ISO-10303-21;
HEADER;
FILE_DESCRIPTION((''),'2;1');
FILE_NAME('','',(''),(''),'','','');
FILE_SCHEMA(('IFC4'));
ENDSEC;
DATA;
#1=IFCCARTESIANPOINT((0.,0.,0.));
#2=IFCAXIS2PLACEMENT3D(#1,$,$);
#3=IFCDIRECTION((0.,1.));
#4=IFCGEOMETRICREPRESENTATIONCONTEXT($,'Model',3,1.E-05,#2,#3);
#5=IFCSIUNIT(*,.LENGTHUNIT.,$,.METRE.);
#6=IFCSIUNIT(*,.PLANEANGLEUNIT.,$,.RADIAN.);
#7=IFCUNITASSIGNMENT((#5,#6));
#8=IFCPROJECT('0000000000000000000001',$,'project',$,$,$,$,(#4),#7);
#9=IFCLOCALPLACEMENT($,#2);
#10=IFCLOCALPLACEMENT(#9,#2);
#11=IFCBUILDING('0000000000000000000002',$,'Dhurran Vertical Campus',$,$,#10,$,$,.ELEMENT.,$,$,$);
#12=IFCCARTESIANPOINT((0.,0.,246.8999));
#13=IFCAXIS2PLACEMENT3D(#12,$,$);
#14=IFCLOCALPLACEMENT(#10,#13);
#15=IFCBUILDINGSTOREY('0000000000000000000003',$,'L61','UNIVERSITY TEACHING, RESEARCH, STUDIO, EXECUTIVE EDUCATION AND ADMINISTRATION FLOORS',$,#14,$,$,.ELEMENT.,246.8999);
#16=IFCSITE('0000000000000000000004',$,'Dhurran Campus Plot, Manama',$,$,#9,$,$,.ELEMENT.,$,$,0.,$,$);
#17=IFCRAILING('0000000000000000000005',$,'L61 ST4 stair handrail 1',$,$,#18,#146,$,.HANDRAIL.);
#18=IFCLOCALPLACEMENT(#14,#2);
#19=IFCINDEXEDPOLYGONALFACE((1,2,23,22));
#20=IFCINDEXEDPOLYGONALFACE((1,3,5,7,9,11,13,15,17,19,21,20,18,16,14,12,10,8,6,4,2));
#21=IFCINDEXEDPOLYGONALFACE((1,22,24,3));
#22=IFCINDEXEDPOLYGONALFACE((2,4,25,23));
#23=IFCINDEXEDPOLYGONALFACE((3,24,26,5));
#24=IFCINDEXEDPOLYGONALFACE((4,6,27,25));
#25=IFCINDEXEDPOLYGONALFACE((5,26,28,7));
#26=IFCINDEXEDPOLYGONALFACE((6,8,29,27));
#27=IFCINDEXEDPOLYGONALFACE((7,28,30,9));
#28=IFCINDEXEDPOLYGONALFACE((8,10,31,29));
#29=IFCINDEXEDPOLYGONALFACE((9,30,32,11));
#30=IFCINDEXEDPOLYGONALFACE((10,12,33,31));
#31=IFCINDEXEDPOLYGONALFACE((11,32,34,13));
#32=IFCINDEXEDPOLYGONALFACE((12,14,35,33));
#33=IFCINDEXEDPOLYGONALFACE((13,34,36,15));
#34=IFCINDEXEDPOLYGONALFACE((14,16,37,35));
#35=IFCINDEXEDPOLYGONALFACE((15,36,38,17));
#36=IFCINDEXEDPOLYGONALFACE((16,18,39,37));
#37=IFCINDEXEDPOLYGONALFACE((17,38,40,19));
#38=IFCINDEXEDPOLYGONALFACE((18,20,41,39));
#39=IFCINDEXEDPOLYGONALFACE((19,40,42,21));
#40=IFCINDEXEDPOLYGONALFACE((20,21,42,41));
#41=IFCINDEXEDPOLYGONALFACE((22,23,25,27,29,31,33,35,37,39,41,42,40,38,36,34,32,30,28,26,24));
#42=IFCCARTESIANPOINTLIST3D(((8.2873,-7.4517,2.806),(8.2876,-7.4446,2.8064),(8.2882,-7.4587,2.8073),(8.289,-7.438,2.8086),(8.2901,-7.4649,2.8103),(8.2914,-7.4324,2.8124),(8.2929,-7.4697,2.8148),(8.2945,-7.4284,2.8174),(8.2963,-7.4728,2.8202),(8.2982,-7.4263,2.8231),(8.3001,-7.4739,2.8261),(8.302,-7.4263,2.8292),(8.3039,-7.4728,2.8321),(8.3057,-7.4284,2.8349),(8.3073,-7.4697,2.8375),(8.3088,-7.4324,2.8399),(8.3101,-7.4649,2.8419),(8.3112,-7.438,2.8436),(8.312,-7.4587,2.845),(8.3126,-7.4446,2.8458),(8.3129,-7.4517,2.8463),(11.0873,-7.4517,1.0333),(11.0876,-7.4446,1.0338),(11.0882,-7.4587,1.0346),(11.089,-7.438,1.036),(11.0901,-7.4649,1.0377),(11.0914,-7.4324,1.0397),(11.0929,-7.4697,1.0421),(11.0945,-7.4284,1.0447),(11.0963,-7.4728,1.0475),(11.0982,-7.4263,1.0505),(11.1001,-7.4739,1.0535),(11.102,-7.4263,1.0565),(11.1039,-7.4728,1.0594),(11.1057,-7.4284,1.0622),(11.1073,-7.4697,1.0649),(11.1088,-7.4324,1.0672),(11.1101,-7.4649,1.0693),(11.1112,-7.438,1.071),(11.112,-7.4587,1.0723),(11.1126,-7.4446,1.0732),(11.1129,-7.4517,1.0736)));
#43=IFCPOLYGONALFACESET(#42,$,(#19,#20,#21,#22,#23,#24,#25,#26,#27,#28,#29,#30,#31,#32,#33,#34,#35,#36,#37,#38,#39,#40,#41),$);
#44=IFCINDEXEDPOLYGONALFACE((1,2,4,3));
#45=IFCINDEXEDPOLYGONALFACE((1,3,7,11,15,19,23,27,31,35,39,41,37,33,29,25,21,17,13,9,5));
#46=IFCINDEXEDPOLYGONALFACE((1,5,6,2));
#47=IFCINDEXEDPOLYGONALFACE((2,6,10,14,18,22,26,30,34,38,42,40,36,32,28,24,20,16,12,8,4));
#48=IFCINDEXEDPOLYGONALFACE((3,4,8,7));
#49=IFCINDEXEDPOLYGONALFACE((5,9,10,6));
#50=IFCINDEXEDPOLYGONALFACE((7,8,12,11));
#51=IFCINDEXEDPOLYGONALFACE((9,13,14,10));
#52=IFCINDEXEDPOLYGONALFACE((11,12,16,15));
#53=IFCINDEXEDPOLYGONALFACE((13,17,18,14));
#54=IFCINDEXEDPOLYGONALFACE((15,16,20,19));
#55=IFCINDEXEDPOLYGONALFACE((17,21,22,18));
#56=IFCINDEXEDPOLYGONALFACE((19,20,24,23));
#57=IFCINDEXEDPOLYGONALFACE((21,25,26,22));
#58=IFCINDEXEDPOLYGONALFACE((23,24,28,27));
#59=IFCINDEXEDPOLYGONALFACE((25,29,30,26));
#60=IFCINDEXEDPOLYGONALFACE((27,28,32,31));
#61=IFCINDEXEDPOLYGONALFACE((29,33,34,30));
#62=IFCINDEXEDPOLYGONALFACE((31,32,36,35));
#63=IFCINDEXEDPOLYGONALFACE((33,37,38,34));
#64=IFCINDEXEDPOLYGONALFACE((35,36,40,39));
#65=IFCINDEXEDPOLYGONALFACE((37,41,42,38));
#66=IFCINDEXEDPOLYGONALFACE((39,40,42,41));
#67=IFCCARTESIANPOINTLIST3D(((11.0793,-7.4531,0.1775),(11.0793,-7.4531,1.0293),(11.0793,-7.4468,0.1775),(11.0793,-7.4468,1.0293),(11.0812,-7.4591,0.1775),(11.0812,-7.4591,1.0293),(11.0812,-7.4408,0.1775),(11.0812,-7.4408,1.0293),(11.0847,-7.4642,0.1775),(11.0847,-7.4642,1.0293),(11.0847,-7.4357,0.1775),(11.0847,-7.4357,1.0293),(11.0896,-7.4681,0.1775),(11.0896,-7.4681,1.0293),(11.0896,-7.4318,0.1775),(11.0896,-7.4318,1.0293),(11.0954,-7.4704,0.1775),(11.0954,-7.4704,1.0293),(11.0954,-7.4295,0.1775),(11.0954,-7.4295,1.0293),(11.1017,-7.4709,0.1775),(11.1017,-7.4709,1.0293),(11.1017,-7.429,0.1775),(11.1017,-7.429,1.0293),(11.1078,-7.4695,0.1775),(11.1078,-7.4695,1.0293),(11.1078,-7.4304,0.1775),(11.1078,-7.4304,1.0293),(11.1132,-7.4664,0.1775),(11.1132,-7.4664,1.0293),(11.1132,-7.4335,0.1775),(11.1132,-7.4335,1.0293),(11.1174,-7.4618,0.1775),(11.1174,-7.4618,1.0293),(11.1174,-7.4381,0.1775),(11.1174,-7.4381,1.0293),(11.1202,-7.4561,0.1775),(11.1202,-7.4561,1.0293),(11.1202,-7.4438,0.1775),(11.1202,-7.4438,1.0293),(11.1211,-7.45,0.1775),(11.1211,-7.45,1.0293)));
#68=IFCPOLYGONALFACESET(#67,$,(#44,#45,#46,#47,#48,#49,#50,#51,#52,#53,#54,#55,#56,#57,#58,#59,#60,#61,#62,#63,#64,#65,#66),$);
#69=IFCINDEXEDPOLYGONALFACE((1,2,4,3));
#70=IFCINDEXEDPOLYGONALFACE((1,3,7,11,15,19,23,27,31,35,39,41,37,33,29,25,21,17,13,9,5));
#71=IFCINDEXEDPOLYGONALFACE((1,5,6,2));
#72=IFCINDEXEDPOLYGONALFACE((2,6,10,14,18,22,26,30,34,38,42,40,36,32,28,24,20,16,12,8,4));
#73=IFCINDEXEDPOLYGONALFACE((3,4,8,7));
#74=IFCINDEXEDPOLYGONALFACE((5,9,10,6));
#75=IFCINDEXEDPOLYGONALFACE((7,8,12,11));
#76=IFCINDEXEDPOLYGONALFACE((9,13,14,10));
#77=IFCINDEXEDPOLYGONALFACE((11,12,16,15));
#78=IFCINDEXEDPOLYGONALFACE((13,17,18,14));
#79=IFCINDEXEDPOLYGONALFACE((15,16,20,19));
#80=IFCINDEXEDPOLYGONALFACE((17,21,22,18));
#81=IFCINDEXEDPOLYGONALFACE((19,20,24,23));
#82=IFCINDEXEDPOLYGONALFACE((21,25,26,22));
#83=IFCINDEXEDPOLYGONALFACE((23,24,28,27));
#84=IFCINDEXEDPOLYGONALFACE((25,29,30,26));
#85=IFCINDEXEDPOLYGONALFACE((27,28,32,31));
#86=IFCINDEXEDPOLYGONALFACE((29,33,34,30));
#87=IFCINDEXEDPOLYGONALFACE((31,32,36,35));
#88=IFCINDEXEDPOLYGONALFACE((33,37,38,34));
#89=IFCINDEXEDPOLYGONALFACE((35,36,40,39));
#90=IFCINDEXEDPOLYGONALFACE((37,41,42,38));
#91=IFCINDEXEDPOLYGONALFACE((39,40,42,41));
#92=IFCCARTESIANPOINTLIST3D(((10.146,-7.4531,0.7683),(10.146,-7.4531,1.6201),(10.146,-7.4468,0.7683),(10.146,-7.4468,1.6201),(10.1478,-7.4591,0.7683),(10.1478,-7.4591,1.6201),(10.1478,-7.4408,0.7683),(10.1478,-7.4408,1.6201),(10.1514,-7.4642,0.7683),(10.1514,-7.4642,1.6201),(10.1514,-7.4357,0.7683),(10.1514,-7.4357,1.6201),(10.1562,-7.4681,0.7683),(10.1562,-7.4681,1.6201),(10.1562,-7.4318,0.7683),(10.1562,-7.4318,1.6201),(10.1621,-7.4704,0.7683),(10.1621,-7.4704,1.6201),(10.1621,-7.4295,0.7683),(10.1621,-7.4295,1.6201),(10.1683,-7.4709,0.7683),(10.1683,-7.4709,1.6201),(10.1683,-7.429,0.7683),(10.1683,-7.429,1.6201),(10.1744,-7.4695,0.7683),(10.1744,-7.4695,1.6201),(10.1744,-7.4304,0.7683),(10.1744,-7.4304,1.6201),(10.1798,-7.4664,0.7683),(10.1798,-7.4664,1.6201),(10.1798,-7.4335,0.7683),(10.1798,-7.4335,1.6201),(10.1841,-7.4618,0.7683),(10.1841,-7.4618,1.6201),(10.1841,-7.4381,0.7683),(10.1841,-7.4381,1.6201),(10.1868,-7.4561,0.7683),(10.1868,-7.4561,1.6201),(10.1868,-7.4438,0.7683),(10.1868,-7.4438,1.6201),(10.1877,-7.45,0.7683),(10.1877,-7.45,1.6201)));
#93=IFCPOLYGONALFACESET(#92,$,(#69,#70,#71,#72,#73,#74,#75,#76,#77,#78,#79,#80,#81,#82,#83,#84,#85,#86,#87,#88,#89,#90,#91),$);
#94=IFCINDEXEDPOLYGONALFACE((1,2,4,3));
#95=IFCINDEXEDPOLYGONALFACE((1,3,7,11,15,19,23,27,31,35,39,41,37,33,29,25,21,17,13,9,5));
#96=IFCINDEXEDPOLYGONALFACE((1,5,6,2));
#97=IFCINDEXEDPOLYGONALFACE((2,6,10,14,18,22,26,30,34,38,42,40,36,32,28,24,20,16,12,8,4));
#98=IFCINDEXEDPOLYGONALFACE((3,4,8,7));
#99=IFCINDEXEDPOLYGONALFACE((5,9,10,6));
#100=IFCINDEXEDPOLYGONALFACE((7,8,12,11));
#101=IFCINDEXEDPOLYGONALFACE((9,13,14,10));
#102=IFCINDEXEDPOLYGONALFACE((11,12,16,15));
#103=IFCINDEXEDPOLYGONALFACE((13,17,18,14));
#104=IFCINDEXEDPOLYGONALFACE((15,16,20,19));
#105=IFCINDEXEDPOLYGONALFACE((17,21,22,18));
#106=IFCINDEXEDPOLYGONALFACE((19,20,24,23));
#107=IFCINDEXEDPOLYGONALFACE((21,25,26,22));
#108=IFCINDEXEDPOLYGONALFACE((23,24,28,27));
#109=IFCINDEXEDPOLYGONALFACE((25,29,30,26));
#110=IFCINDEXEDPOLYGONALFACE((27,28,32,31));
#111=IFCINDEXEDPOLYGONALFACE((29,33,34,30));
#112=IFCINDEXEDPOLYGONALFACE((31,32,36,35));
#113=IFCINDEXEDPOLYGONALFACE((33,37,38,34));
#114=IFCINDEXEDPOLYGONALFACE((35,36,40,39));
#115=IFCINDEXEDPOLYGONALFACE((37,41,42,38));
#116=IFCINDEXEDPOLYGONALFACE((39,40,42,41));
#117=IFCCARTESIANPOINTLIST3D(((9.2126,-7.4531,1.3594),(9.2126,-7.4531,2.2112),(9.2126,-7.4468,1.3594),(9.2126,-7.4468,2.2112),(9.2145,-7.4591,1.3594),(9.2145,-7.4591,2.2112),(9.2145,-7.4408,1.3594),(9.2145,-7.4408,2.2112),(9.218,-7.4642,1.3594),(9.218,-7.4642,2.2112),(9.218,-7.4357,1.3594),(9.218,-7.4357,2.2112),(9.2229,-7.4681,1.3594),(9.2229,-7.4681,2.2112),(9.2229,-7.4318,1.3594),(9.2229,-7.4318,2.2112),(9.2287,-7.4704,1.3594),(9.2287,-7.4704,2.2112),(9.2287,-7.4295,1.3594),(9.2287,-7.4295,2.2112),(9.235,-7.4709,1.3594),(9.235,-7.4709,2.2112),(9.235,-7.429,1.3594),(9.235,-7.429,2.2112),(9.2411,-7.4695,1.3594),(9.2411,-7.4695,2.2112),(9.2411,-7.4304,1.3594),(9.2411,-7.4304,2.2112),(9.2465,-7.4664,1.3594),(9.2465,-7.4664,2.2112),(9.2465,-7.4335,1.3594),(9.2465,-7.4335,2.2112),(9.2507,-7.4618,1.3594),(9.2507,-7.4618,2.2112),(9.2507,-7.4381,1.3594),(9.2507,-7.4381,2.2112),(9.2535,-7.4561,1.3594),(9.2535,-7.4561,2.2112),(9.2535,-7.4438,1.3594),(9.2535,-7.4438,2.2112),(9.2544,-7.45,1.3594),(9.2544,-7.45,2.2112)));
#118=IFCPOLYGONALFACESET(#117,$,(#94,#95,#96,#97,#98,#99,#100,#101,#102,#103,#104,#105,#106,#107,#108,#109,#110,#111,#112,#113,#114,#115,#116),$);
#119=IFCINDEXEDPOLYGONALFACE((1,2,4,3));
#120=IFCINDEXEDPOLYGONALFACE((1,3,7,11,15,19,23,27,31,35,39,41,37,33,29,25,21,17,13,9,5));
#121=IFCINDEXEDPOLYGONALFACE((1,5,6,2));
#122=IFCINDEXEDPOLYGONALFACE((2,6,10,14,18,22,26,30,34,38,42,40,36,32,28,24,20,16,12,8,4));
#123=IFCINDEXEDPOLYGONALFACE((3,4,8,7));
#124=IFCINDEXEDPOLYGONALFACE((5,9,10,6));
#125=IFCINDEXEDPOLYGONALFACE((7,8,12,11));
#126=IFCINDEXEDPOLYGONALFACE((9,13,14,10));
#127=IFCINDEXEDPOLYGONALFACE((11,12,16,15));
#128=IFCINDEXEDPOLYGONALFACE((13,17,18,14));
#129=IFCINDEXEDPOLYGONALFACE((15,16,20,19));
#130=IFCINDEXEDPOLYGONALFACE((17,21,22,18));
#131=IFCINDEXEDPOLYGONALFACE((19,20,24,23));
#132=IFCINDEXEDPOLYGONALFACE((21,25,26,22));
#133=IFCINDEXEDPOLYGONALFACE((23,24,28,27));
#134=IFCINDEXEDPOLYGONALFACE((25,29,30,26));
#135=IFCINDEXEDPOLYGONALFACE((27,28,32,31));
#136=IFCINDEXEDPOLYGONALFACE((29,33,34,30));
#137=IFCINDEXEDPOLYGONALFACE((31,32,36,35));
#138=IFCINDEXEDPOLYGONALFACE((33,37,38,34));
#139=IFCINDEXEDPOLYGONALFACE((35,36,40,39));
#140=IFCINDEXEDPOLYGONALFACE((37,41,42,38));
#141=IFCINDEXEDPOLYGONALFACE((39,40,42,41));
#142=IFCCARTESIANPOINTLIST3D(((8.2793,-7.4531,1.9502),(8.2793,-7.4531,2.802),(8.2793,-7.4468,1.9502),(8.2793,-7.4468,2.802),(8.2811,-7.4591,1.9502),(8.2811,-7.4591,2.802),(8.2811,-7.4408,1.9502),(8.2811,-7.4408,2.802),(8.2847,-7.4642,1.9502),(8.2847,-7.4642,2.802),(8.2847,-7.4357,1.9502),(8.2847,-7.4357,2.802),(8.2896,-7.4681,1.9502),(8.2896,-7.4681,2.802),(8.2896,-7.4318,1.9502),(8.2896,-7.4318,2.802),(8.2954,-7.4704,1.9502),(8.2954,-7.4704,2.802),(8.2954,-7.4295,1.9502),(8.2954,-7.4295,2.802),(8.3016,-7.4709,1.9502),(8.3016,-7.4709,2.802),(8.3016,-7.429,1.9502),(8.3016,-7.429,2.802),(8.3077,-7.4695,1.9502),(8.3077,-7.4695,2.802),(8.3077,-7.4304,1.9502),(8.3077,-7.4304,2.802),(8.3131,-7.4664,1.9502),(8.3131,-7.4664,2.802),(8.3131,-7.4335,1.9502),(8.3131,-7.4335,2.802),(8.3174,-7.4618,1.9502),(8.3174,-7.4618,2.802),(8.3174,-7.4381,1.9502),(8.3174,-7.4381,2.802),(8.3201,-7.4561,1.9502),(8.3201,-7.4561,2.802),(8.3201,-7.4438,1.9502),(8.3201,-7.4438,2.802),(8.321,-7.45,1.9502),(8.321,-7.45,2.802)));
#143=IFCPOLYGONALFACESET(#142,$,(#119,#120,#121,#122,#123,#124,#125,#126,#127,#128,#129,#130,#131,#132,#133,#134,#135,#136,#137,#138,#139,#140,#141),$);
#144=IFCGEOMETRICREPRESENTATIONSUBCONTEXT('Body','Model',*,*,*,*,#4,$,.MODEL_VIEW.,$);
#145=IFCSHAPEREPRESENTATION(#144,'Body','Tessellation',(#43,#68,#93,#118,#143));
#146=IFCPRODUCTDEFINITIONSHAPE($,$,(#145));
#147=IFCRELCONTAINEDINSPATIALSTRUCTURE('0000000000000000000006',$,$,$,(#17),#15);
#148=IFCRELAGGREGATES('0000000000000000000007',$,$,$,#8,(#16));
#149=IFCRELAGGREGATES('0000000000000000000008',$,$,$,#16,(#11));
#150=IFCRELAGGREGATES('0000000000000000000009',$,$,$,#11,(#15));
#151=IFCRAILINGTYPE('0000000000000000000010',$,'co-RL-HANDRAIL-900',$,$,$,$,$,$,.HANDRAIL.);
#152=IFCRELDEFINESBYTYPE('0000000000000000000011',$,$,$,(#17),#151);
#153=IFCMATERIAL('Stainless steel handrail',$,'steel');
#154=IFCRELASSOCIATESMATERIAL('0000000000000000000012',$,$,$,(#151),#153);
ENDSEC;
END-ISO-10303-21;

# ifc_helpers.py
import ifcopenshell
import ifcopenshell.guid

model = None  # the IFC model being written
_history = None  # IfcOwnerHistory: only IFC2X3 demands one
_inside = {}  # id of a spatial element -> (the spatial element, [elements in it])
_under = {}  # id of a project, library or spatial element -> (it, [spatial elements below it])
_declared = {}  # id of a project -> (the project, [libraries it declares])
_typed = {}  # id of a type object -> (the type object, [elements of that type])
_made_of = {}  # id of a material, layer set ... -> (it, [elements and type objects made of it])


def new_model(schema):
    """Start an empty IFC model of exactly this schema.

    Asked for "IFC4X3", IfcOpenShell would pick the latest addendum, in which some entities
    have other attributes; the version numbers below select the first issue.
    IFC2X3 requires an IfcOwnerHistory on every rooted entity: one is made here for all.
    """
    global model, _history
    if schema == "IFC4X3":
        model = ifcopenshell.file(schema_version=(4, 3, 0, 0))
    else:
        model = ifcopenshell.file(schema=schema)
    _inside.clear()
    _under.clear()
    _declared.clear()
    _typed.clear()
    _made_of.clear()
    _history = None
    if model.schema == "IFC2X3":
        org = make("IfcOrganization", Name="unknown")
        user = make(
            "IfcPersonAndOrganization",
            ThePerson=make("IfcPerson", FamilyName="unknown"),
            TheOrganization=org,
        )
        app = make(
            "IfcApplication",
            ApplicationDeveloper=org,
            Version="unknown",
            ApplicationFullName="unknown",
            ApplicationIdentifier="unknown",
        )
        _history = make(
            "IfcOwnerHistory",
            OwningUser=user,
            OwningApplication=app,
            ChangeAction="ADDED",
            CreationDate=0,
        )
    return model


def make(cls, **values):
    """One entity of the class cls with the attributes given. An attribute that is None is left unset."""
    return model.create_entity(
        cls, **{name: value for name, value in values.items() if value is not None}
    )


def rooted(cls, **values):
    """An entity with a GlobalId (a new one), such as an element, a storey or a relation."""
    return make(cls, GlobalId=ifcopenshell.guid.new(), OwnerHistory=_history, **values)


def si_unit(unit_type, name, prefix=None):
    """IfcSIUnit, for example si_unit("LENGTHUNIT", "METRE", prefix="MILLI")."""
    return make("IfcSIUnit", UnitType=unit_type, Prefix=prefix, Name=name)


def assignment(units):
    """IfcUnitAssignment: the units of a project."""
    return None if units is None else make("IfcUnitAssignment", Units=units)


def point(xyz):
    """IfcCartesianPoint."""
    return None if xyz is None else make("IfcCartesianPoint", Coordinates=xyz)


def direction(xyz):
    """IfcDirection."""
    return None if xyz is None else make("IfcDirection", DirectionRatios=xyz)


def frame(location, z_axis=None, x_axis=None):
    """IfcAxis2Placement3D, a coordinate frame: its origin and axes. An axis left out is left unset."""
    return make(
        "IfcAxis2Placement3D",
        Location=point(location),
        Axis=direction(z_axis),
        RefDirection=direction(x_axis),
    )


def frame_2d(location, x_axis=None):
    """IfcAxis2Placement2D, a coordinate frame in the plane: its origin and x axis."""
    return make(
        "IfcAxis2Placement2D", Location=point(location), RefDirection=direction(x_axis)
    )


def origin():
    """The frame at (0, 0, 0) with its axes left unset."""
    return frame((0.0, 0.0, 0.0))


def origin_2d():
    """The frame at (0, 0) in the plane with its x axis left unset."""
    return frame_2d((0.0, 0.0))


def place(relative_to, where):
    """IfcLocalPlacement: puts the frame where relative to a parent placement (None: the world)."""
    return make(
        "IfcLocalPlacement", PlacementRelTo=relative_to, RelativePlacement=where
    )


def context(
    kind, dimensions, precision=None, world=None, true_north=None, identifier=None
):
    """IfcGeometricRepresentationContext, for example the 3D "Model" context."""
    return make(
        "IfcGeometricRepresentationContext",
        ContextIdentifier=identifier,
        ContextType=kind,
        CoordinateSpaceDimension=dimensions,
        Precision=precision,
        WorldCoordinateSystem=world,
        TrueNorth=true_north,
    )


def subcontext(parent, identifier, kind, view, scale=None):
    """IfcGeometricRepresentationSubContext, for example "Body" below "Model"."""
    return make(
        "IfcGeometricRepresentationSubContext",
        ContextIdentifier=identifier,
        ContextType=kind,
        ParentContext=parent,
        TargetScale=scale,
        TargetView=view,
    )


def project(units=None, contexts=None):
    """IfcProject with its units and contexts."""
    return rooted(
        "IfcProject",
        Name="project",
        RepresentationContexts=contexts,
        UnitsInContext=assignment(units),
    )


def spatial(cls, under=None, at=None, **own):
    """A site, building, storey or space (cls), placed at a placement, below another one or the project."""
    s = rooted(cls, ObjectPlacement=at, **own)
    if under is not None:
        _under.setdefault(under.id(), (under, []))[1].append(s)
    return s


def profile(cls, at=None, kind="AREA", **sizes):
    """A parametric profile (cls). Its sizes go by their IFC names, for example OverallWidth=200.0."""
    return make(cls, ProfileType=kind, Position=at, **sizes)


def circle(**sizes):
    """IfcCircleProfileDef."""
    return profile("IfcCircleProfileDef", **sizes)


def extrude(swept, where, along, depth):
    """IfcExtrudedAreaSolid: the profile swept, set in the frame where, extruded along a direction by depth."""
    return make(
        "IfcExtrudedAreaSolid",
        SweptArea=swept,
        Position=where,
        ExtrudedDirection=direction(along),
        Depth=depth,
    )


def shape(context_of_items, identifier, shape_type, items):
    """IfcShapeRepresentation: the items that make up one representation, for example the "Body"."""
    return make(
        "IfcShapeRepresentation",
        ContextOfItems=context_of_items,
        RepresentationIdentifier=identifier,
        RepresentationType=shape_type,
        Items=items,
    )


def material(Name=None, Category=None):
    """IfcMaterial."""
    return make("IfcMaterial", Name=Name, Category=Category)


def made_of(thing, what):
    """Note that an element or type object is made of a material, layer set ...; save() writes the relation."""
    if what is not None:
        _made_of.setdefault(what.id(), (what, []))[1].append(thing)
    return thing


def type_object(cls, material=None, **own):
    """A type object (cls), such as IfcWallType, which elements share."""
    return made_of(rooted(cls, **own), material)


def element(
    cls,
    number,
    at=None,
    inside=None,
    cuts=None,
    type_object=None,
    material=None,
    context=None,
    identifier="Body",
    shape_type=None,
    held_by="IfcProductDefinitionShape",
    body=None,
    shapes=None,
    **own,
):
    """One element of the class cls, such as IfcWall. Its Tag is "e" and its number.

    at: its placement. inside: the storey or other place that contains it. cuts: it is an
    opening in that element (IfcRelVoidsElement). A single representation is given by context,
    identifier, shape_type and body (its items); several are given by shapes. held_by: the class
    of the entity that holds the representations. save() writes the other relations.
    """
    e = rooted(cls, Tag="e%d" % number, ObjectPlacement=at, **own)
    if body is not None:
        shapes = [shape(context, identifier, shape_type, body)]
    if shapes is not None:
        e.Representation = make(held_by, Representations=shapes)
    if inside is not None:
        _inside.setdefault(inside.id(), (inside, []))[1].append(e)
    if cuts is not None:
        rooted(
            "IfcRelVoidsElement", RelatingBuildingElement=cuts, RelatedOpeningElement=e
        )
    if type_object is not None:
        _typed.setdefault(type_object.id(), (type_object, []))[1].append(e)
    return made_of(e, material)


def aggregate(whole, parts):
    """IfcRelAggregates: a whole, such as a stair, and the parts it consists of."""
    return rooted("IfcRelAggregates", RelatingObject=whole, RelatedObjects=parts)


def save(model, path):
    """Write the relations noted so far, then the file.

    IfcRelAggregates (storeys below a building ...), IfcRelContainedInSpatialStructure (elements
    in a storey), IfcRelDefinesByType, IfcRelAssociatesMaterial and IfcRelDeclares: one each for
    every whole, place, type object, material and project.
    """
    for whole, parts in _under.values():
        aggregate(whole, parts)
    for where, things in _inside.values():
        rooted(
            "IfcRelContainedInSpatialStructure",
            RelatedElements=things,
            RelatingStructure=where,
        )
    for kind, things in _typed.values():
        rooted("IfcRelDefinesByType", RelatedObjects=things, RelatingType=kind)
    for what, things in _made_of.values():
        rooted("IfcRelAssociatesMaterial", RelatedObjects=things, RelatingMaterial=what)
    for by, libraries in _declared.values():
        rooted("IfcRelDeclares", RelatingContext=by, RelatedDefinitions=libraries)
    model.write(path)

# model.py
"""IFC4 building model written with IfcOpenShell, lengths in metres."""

from ifc_helpers import new_model, si_unit, direction, frame, origin, origin_2d, place, context, subcontext, project, spatial, circle, extrude, material, type_object, element, save


model = new_model("IFC4")

# Units and contexts
model_context = context("Model", 3, precision=1e-05, world=origin(), true_north=direction((0.0, 1.0)))
body_context = subcontext(model_context, "Body", "Model", "MODEL_VIEW")
ifc_project = project(units=[si_unit("LENGTHUNIT", "METRE"), si_unit("PLANEANGLEUNIT", "RADIAN")], contexts=[model_context])

# Site, building, storey
site_placement = place(None, origin())
site = spatial("IfcSite", under=ifc_project, at=site_placement, Name="Dhurran Campus Plot, Manama", CompositionType="ELEMENT", RefElevation=0.0)
building_placement = place(site_placement, origin())
building = spatial("IfcBuilding", under=site, at=building_placement, Name="Dhurran Vertical Campus", CompositionType="ELEMENT")
storey_placement = place(building_placement, frame((0.0, 0.0, 246.8999)))
storey = spatial("IfcBuildingStorey", under=building, at=storey_placement, Name="L61", Description="UNIVERSITY TEACHING, RESEARCH, STUDIO, EXECUTIVE EDUCATION AND ADMINISTRATION FLOORS", CompositionType="ELEMENT", Elevation=246.8999)

# Railing
ifc_material_1 = material(Name="Stainless steel handrail", Category="steel")
railing_type_1 = type_object("IfcRailingType", Name="co-RL-HANDRAIL-900", PredefinedType="HANDRAIL", material=ifc_material_1)
railing_1_placement = place(storey_placement, frame((11.1001, -7.45, 0.1775)))
element("IfcRailing", 1, at=railing_1_placement, inside=storey, type_object=railing_type_1, Name="L61 ST4 stair handrail 1", PredefinedType="HANDRAIL", context=body_context, shape_type="SweptSolid", body=[
    extrude(circle(Radius=0.0239, at=origin_2d()), frame((0.0, 0.0, 0.876), z_axis=(-0.844909, 0.0, 0.53491), x_axis=(0.0, -1.0, 0.0)), (0.0, 0.0, 1.0), 3.314),
    extrude(circle(Radius=0.021, at=origin_2d()), origin(), (0.0, 0.0, 1.0), 0.8518),
    extrude(circle(Radius=0.021, at=origin_2d()), frame((-0.9333, 0.0, 0.5908)), (0.0, 0.0, 1.0), 0.8518),
    extrude(circle(Radius=0.021, at=origin_2d()), frame((-1.8667, 0.0, 1.1819)), (0.0, 0.0, 1.0), 0.8518),
    extrude(circle(Radius=0.021, at=origin_2d()), frame((-2.8, 0.0, 1.7727)), (0.0, 0.0, 1.0), 0.8518),
])

save(model, "model.ifc")
